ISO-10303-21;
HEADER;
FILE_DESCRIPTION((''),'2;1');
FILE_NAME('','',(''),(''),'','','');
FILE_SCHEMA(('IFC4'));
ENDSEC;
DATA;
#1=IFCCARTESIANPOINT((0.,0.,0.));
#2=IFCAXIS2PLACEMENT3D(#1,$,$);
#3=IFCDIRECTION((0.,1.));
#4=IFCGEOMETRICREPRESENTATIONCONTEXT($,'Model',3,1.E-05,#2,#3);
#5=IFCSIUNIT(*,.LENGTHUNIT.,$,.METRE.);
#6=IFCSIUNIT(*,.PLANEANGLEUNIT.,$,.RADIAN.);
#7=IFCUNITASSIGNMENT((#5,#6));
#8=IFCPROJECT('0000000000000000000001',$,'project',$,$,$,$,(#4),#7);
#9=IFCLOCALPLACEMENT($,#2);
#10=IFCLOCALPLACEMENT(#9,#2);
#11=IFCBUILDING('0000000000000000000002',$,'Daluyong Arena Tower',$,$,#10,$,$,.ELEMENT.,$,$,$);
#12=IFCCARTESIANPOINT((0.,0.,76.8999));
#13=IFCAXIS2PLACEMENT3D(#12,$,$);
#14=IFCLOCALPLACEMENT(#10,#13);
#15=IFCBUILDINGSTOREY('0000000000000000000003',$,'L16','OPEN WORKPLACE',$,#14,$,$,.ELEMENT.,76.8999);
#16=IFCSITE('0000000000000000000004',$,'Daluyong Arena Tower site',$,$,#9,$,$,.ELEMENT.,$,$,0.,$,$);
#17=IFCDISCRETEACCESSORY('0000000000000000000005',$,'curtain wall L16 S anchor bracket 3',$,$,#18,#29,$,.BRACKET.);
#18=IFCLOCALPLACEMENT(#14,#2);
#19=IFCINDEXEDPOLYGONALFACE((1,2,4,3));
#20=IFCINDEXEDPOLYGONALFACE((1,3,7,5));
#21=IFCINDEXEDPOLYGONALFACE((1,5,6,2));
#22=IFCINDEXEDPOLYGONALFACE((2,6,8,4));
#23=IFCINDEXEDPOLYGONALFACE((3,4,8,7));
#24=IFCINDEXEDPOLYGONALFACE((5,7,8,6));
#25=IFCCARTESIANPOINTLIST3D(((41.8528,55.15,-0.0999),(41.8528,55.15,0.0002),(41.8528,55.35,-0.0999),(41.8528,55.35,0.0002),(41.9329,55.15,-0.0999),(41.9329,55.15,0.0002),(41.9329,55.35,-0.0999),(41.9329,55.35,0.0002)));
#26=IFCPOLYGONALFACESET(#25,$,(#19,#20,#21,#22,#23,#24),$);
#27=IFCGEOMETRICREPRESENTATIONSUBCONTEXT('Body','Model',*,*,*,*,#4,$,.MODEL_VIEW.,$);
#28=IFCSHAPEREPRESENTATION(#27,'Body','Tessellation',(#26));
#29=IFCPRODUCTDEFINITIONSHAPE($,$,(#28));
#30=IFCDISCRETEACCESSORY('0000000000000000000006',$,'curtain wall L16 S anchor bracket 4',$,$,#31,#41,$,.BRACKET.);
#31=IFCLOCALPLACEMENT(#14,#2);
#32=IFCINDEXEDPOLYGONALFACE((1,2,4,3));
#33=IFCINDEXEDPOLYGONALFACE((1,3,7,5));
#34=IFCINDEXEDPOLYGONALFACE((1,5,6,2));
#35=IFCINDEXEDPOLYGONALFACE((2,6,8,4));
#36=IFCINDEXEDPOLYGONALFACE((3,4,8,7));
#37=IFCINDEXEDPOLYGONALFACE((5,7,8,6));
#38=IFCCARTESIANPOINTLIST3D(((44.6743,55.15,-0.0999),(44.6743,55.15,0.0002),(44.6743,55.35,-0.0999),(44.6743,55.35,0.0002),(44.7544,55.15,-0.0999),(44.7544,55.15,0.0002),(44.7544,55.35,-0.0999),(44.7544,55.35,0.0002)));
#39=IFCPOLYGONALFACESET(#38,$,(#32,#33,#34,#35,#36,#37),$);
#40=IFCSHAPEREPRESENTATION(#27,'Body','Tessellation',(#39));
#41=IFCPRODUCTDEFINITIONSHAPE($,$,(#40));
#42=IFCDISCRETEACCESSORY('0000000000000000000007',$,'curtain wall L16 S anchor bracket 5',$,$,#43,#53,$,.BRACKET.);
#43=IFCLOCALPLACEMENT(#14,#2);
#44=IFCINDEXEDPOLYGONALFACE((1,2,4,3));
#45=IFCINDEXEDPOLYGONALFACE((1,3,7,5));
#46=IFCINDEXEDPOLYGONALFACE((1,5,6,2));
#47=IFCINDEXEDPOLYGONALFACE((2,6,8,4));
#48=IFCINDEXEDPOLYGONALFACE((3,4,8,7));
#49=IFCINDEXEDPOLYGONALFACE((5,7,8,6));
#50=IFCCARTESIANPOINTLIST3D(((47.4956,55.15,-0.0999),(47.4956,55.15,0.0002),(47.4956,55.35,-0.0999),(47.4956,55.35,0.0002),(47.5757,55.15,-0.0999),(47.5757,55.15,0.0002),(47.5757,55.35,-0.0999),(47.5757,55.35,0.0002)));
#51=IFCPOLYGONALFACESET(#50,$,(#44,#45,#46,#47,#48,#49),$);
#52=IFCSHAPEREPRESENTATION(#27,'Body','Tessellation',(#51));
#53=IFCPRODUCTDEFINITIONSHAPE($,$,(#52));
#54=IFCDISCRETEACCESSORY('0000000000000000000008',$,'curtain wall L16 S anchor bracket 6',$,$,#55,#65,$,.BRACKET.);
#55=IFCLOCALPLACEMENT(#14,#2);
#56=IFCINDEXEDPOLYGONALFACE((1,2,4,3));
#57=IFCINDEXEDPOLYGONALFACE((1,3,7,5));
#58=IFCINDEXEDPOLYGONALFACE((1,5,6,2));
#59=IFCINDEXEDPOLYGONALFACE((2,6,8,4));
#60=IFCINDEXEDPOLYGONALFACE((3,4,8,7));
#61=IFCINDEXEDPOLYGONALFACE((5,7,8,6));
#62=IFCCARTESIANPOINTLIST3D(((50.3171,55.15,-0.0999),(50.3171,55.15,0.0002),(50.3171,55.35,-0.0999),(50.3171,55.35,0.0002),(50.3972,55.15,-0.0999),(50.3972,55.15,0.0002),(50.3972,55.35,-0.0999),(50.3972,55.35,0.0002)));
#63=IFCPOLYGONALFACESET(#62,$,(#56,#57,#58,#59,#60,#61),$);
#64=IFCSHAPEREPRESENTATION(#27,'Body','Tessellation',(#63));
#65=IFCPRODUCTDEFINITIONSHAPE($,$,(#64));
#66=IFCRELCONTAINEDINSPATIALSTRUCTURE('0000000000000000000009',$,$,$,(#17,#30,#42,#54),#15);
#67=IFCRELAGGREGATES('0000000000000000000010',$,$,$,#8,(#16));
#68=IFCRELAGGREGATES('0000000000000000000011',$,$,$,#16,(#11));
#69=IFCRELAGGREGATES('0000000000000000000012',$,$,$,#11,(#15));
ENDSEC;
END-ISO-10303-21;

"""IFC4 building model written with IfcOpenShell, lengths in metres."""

from ifc_helpers import new_model, si_unit, direction, frame, origin, origin_2d, place, context, subcontext, project, spatial, rectangle, extrude, element, save


model = new_model("IFC4")

# Units and contexts
model_context = context("Model", 3, precision=1e-05, world=origin(), true_north=direction((0.0, 1.0)))
body_context = subcontext(model_context, "Body", "Model", "MODEL_VIEW")
ifc_project = project(units=[si_unit("LENGTHUNIT", "METRE"), si_unit("PLANEANGLEUNIT", "RADIAN")], contexts=[model_context])

# Site, building, storey
site_placement = place(None, origin())
site = spatial("IfcSite", under=ifc_project, at=site_placement, Name="Daluyong Arena Tower site", CompositionType="ELEMENT", RefElevation=0.0)
building_placement = place(site_placement, origin())
building = spatial("IfcBuilding", under=site, at=building_placement, Name="Daluyong Arena Tower", CompositionType="ELEMENT")
storey_placement = place(building_placement, frame((0.0, 0.0, 76.8999)))
storey = spatial("IfcBuildingStorey", under=building, at=storey_placement, Name="L16", Description="OPEN WORKPLACE", CompositionType="ELEMENT", Elevation=76.8999)

# Discrete accessories
for number, where, z_axis, x_axis, name in (
    (1, (41.8928, 55.25, -0.0999), (0.0, 0.0, 1.0), (1.0, 0.0, 0.0), "curtain wall L16 S anchor bracket 3"),
    (2, (44.7144, 55.25, -0.0999), (0.0, 0.0, 1.0), (1.0, 0.0, 0.0), "curtain wall L16 S anchor bracket 4"),
    (3, (47.5356, 55.25, -0.0999), (0.0, 0.0, 1.0), (1.0, 0.0, 0.0), "curtain wall L16 S anchor bracket 5"),
    (4, (50.3572, 55.25, -0.0999), (0.0, 0.0, 1.0), (1.0, 0.0, 0.0), "curtain wall L16 S anchor bracket 6"),
):
    element("IfcDiscreteAccessory", number, at=place(storey_placement, frame(where, z_axis=z_axis, x_axis=x_axis)), inside=storey, Name=name, PredefinedType="BRACKET", context=body_context, shape_type="SweptSolid", body=[
        extrude(rectangle(XDim=0.0801, YDim=0.2, at=origin_2d()), origin(), (0.0, 0.0, 1.0), 0.1001),
    ])

save(model, "model.ifc")
